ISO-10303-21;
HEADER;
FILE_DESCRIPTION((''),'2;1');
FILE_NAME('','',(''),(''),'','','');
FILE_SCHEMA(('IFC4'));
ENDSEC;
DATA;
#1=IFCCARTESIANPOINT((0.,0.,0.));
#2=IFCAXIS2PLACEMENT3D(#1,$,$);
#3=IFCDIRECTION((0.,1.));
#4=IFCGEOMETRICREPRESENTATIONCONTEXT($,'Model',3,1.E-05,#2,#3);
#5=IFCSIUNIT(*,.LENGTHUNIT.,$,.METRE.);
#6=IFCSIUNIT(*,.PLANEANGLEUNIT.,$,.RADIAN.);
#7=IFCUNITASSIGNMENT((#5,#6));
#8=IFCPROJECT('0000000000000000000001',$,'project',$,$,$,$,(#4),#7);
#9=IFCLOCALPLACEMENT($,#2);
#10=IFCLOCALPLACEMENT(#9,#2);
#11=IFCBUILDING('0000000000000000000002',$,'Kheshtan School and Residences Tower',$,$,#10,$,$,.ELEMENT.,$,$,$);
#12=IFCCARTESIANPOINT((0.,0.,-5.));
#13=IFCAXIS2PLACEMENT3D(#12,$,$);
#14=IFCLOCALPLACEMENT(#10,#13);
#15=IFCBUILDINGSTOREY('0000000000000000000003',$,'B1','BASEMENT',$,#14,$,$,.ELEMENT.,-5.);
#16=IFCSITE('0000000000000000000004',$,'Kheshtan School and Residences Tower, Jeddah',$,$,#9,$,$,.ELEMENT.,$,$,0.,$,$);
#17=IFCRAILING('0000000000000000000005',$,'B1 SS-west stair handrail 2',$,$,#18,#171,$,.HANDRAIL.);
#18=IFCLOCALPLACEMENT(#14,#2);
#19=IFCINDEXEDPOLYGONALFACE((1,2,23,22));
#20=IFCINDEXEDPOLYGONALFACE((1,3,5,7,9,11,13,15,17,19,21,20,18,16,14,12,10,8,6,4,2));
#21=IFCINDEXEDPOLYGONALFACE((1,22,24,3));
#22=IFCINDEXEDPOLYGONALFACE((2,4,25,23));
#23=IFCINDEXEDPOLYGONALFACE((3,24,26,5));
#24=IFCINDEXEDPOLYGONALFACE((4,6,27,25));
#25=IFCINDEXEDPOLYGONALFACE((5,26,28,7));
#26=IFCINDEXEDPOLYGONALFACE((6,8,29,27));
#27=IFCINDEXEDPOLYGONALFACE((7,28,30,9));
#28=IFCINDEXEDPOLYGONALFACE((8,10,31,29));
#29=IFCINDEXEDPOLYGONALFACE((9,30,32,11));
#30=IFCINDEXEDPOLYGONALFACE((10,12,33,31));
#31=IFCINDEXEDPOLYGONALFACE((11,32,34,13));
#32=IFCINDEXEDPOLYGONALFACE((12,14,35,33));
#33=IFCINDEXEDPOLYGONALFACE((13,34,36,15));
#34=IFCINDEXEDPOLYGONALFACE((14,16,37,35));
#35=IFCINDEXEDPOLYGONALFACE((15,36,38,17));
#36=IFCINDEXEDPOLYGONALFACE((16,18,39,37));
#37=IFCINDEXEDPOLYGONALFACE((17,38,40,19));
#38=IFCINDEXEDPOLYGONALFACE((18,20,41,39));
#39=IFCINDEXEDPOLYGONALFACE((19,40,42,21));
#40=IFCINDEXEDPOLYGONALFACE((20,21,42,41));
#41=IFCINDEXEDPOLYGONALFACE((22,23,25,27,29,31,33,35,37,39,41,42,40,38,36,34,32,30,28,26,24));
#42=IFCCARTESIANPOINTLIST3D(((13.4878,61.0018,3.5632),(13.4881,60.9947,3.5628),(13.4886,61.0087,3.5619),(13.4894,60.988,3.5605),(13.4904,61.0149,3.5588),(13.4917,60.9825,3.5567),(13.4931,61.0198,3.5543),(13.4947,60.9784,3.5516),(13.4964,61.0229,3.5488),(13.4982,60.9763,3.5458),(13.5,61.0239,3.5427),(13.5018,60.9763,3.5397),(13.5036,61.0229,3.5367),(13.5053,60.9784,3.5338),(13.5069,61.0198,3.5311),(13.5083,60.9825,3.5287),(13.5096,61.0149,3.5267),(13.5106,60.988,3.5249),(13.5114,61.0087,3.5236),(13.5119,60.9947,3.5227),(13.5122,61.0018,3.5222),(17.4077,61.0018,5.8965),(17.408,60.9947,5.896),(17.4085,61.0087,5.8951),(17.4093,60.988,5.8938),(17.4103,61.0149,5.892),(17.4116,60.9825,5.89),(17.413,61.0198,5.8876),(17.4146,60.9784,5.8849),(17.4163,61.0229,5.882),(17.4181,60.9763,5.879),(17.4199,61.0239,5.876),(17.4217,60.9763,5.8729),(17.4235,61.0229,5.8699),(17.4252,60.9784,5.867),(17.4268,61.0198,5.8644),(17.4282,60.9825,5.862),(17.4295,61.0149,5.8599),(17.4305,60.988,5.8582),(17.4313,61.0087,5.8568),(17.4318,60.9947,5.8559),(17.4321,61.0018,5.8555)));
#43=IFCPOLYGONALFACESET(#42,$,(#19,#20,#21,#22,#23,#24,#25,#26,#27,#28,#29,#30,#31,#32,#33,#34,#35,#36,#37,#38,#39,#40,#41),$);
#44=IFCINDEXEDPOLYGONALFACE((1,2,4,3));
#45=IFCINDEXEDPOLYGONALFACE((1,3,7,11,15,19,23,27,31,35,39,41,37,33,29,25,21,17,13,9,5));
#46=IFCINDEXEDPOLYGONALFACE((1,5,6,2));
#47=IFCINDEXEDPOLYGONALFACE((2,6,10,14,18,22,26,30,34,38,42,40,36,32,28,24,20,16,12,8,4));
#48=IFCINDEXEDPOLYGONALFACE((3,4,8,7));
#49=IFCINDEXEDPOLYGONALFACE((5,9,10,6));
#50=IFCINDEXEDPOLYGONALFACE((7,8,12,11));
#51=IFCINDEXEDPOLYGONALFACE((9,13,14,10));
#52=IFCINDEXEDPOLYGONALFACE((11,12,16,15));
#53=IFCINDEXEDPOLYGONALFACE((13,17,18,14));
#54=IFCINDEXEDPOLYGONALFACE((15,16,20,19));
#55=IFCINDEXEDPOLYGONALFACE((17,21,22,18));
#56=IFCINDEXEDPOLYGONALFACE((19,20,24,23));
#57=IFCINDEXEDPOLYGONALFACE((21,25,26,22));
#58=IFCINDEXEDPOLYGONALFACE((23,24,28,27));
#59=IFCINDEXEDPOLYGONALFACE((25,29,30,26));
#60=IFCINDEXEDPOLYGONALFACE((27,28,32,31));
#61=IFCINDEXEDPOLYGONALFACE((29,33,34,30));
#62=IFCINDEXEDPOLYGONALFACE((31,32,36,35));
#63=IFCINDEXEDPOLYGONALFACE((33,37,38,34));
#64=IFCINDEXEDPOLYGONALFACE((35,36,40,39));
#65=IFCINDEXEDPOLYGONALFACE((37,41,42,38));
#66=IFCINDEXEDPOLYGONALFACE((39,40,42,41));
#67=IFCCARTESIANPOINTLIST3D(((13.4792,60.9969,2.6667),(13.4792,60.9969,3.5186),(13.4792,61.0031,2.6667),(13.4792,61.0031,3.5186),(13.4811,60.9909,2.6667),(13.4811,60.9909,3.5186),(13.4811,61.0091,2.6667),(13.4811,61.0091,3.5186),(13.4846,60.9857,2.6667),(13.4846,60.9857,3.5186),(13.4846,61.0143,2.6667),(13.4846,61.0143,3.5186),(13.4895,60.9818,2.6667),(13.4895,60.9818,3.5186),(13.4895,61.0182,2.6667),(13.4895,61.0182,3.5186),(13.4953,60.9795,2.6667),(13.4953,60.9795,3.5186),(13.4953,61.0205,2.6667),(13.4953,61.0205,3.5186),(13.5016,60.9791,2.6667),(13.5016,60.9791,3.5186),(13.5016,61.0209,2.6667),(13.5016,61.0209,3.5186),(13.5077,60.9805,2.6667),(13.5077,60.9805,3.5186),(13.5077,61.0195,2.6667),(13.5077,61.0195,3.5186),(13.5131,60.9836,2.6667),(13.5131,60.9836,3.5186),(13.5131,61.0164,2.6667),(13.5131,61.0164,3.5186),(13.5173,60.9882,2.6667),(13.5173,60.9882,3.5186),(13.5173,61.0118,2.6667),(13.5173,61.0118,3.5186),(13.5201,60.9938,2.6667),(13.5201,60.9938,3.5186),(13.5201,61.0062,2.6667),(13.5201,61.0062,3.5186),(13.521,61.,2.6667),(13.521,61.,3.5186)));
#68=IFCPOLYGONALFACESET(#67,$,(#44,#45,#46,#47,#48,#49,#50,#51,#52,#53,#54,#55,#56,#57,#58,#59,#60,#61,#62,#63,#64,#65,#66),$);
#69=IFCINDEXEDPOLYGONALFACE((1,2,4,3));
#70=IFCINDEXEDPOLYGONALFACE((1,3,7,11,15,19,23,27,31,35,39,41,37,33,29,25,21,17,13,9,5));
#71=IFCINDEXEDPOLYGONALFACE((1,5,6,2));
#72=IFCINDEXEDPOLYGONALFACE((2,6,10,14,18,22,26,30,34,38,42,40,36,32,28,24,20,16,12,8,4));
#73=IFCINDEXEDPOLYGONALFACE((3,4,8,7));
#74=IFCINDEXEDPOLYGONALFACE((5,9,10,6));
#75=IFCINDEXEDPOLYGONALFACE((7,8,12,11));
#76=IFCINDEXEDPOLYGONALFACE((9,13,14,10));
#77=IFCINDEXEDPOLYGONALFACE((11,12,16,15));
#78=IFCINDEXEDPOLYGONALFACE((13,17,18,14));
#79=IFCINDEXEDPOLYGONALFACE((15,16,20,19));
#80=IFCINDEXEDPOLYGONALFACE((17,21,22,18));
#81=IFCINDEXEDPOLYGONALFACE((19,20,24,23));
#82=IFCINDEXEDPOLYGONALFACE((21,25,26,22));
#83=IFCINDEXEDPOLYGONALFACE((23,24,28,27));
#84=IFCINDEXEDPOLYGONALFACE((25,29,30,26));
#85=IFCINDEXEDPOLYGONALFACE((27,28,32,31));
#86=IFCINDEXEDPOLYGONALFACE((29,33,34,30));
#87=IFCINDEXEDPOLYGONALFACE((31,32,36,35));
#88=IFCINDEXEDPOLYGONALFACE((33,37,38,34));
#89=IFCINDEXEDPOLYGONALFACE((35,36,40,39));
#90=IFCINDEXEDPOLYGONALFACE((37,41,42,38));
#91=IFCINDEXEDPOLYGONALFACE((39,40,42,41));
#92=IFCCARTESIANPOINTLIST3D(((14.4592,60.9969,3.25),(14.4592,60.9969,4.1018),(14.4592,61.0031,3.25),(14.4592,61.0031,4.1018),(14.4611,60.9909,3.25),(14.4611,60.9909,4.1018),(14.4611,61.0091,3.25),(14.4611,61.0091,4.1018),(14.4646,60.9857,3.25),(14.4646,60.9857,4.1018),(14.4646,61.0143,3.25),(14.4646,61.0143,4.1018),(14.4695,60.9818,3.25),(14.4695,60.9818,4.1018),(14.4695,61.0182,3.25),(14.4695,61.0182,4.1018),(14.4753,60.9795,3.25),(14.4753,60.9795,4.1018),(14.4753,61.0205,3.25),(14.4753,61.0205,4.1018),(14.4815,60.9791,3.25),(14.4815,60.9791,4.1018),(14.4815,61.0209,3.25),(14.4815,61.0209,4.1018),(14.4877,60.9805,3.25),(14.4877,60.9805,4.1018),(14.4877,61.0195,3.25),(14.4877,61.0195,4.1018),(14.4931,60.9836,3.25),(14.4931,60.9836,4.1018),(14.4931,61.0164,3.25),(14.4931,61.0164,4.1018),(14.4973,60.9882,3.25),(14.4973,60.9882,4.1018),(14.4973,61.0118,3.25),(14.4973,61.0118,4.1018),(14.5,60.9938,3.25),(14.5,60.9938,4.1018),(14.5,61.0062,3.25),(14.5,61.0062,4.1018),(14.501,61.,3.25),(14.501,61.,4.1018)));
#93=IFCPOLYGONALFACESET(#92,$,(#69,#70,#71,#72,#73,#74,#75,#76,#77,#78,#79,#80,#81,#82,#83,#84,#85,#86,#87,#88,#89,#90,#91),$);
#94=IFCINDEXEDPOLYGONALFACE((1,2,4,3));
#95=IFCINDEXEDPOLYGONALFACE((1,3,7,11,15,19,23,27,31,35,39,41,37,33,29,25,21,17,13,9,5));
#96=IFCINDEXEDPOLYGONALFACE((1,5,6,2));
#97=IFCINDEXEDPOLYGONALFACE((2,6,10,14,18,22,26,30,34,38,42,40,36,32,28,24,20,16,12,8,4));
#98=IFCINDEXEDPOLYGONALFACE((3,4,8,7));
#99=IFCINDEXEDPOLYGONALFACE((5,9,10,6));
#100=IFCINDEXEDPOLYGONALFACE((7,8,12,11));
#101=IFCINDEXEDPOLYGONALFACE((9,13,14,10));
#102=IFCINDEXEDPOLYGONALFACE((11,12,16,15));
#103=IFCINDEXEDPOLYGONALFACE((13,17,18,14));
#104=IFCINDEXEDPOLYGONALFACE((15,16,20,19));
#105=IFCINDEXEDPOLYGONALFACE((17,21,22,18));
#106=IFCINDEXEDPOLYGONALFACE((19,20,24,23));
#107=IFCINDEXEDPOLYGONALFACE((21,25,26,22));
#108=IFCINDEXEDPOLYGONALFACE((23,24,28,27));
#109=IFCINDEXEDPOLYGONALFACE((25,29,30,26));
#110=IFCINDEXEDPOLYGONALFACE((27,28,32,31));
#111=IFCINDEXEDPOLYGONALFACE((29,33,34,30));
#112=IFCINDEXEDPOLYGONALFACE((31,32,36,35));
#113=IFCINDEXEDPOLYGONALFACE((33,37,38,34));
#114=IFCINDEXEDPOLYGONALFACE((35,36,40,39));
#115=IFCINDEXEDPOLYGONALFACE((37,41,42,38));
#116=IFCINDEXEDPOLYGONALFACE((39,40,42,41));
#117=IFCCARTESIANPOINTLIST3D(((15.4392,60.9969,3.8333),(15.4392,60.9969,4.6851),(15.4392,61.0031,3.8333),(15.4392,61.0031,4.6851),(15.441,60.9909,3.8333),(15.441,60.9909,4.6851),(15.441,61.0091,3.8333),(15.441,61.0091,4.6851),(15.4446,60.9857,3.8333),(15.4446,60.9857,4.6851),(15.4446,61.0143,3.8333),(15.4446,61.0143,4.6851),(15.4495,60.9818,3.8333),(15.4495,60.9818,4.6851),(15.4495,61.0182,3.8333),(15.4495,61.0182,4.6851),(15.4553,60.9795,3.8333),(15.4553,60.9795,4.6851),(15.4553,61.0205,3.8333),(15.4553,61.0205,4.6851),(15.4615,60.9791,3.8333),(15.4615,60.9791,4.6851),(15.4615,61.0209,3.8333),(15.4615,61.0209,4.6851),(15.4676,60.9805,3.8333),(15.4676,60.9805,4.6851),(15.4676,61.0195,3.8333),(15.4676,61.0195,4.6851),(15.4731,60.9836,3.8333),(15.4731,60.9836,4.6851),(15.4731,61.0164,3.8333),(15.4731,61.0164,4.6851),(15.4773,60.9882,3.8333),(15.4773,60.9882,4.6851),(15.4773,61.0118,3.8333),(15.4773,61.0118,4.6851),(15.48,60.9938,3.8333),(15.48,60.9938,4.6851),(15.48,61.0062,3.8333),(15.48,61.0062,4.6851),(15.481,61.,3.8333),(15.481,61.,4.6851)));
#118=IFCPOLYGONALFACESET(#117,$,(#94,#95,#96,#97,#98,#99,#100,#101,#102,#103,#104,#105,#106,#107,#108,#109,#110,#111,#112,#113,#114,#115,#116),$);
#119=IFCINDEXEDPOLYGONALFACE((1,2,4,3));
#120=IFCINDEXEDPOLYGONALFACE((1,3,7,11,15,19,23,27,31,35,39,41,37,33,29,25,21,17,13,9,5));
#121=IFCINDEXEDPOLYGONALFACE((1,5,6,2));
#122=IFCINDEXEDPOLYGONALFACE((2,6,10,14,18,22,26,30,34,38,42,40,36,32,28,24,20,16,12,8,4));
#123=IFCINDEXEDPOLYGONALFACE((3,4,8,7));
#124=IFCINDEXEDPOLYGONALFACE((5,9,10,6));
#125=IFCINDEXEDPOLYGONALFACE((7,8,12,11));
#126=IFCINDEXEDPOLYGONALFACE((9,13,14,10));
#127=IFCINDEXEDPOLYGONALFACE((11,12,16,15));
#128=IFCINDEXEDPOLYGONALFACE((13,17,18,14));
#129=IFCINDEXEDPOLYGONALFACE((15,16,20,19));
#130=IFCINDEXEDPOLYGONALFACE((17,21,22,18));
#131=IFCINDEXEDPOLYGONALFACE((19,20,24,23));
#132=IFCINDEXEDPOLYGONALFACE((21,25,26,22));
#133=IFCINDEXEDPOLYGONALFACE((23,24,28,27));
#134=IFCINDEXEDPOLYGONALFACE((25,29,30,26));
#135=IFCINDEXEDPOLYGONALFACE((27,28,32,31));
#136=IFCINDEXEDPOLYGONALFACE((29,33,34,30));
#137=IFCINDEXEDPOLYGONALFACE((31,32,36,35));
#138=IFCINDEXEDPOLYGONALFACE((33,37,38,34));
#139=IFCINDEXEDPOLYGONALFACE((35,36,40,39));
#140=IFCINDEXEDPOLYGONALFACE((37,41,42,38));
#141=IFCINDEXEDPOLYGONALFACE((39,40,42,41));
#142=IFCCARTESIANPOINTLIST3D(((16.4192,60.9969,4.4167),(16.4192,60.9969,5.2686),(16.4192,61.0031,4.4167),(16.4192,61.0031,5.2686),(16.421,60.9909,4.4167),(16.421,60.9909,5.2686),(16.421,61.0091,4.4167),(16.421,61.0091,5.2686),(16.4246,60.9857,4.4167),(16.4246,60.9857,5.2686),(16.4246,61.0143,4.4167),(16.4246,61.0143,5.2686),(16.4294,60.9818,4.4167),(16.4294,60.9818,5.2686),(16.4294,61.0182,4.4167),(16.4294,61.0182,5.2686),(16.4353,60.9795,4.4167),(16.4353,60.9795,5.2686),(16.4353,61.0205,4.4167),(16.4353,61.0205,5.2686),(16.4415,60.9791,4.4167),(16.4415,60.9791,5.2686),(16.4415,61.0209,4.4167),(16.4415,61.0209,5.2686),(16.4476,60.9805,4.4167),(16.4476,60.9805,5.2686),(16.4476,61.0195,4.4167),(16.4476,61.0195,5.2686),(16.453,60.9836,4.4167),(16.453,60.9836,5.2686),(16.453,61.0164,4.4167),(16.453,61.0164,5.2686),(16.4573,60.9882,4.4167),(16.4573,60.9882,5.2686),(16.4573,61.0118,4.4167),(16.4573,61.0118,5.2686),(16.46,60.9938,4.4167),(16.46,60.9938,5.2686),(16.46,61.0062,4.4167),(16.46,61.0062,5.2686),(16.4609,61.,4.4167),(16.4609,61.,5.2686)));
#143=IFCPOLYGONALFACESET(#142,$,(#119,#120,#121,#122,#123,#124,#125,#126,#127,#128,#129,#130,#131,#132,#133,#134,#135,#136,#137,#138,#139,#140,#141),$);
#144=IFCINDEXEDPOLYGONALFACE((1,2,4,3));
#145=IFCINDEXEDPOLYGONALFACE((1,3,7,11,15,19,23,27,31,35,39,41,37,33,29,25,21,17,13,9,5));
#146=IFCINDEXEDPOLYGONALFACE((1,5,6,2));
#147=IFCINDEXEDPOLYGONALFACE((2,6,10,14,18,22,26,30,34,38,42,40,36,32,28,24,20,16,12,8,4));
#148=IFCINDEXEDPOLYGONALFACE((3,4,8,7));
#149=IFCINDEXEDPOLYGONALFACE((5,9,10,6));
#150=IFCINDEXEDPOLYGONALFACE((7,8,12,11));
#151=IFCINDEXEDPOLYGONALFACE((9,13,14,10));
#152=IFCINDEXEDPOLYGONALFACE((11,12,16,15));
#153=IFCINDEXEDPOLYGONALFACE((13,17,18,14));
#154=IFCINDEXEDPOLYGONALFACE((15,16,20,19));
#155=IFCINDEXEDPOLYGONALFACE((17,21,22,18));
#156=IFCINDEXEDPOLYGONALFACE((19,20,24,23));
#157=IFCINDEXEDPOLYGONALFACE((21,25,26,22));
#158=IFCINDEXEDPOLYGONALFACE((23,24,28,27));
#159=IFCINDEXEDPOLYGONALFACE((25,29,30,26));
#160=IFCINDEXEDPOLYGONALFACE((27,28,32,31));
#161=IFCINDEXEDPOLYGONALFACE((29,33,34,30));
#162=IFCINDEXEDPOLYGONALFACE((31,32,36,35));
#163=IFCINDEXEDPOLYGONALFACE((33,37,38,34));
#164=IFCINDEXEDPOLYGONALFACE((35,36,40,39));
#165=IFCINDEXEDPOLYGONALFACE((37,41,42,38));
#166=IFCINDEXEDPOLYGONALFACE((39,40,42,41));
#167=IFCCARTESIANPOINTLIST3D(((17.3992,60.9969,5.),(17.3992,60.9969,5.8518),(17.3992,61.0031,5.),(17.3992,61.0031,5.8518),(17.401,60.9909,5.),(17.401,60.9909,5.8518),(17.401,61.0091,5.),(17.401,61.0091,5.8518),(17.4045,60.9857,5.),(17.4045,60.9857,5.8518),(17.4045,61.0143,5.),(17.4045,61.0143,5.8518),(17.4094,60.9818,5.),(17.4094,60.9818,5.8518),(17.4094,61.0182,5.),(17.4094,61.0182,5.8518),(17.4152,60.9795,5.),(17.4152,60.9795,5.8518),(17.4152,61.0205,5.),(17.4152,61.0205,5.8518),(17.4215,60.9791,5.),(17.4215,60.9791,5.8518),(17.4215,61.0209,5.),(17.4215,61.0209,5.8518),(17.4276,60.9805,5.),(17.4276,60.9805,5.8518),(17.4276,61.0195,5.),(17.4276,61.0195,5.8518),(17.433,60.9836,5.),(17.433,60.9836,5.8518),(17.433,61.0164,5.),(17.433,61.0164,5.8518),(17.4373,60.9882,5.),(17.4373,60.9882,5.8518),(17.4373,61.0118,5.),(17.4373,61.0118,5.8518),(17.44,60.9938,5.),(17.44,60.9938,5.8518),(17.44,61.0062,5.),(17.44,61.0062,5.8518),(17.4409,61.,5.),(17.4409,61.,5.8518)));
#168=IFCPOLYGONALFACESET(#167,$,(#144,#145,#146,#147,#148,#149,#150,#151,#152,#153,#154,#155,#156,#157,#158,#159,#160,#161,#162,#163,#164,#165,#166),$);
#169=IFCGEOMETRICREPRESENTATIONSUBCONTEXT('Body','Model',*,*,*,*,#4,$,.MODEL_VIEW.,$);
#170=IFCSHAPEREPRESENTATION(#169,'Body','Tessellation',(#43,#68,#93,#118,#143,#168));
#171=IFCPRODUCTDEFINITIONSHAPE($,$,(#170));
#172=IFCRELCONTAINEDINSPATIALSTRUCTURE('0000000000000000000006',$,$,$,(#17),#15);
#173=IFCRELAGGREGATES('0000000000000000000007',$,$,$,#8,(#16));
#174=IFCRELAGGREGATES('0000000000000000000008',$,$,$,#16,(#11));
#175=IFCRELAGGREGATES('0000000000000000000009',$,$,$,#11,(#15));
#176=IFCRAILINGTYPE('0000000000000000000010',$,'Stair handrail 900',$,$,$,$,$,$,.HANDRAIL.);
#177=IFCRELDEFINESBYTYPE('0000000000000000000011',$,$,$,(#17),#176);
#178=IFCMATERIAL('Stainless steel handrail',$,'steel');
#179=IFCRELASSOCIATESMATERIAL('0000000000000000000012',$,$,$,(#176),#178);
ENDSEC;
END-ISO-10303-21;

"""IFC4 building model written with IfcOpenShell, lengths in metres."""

from ifc_helpers import new_model, si_unit, direction, frame, origin, origin_2d, place, context, subcontext, project, spatial, circle, extrude, material, type_object, element, save


model = new_model("IFC4")

# Units and contexts
model_context = context("Model", 3, precision=1e-05, world=origin(), true_north=direction((0.0, 1.0)))
body_context = subcontext(model_context, "Body", "Model", "MODEL_VIEW")
ifc_project = project(units=[si_unit("LENGTHUNIT", "METRE"), si_unit("PLANEANGLEUNIT", "RADIAN")], contexts=[model_context])

# Site, building, storey
site_placement = place(None, origin())
site = spatial("IfcSite", under=ifc_project, at=site_placement, Name="Kheshtan School and Residences Tower, Jeddah", CompositionType="ELEMENT", RefElevation=0.0)
building_placement = place(site_placement, origin())
building = spatial("IfcBuilding", under=site, at=building_placement, Name="Kheshtan School and Residences Tower", CompositionType="ELEMENT")
storey_placement = place(building_placement, frame((0.0, 0.0, -5.0)))
storey = spatial("IfcBuildingStorey", under=building, at=storey_placement, Name="B1", Description="BASEMENT", CompositionType="ELEMENT", Elevation=-5.0)

# Railing
ifc_material_1 = material(Name="Stainless steel handrail", Category="steel")
railing_type_1 = type_object("IfcRailingType", Name="Stair handrail 900", PredefinedType="HANDRAIL", material=ifc_material_1)
railing_1_placement = place(storey_placement, frame((13.5, 61.0, 2.6667)))
element("IfcRailing", 1, at=railing_1_placement, inside=storey, type_object=railing_type_1, Name="B1 SS-west stair handrail 2", PredefinedType="HANDRAIL", context=body_context, shape_type="SweptSolid", body=[
    extrude(circle(Radius=0.0239, at=origin_2d()), frame((0.0, 0.0, 0.876), z_axis=(0.859296, 0.0, 0.511478), x_axis=(0.0, 1.0, 0.0)), (0.0, 0.0, 1.0), 4.5618),
    extrude(circle(Radius=0.021, at=origin_2d()), origin(), (0.0, 0.0, 1.0), 0.8518),
    extrude(circle(Radius=0.021, at=origin_2d()), frame((0.98, 0.0, 0.5833)), (0.0, 0.0, 1.0), 0.8518),
    extrude(circle(Radius=0.021, at=origin_2d()), frame((1.96, 0.0, 1.1665)), (0.0, 0.0, 1.0), 0.8518),
    extrude(circle(Radius=0.021, at=origin_2d()), frame((2.9399, 0.0, 1.75)), (0.0, 0.0, 1.0), 0.8518),
    extrude(circle(Radius=0.021, at=origin_2d()), frame((3.9199, 0.0, 2.3333)), (0.0, 0.0, 1.0), 0.8518),
])

save(model, "model.ifc")
